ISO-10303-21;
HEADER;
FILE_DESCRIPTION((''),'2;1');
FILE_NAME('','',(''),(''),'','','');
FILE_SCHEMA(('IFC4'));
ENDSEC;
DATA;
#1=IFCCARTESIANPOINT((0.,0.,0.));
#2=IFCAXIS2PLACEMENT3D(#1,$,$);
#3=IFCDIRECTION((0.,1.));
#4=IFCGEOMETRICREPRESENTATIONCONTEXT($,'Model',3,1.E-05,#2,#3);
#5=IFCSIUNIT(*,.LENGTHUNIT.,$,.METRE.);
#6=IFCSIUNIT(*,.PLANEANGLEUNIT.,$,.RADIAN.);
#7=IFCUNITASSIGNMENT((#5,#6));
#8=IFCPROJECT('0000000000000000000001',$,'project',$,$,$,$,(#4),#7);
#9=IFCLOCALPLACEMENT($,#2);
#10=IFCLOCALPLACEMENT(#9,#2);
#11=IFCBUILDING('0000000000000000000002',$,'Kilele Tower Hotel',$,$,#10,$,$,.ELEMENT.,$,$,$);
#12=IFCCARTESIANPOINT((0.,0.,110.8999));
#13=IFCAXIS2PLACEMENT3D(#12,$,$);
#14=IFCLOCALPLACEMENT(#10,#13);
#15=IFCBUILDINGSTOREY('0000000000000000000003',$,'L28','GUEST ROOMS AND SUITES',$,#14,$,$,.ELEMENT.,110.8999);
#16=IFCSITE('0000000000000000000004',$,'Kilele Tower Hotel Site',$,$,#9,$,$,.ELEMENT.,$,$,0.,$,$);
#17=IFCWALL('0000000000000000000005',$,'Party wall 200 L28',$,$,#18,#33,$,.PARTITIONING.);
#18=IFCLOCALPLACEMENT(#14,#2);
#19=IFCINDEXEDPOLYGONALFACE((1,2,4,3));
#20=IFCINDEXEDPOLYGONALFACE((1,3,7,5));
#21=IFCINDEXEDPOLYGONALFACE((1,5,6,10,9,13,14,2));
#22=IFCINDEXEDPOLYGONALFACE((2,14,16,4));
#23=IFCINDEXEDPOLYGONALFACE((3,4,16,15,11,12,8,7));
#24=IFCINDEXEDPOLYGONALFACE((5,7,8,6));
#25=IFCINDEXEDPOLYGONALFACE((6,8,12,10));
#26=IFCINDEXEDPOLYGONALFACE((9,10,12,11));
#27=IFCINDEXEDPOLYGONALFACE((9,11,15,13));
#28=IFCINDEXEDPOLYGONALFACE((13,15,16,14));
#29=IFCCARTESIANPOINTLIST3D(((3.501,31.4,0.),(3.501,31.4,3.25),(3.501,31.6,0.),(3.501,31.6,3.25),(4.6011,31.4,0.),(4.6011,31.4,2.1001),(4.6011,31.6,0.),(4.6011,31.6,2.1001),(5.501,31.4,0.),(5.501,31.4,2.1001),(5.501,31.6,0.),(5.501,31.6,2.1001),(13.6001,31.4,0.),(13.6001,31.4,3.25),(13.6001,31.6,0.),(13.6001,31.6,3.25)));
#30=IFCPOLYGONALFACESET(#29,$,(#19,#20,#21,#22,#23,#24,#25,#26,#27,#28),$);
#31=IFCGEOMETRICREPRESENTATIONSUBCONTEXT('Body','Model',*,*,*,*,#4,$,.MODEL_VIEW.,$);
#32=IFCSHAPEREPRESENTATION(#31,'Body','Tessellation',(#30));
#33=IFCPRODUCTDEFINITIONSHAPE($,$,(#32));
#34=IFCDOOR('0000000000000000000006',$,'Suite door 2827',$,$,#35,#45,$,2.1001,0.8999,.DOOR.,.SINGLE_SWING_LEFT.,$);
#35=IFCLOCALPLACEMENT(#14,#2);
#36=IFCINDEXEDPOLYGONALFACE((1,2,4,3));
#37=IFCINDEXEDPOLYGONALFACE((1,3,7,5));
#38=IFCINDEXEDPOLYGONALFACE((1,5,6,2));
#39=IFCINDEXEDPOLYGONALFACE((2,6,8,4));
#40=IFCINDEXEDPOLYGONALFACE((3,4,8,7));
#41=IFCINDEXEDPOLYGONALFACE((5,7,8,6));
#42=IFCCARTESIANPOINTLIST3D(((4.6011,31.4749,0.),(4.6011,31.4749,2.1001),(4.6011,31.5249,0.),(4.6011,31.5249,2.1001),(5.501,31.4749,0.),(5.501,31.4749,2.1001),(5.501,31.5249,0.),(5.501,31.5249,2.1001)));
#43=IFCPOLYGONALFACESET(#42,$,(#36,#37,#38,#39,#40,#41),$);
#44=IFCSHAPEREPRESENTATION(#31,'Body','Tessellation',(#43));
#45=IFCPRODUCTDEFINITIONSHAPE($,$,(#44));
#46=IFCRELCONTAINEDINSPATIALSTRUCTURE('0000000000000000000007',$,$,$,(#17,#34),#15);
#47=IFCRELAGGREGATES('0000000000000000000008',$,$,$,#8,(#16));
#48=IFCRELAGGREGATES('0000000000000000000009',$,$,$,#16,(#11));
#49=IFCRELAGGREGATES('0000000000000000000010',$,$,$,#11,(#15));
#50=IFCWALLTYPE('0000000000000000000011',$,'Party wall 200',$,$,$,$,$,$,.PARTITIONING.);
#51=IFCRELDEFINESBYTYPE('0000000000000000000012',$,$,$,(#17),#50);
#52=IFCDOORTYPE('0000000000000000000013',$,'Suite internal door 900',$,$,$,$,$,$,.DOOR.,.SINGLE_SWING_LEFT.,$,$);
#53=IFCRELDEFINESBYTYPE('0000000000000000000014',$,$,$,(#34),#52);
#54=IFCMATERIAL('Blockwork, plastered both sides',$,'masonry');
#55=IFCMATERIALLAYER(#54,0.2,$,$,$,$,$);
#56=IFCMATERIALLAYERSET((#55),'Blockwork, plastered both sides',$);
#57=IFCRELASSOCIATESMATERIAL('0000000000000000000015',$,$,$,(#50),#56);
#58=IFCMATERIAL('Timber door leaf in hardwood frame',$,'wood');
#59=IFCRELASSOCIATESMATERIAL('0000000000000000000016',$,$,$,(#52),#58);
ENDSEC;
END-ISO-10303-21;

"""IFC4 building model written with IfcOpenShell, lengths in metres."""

from ifc_helpers import new_model, si_unit, direction, frame, frame_2d, origin, place, context, subcontext, project, spatial, rectangle, extrude, material, layer, layer_set, type_object, element, fill, save


model = new_model("IFC4")

# Units and contexts
model_context = context("Model", 3, precision=1e-05, world=origin(), true_north=direction((0.0, 1.0)))
body_context = subcontext(model_context, "Body", "Model", "MODEL_VIEW")
ifc_project = project(units=[si_unit("LENGTHUNIT", "METRE"), si_unit("PLANEANGLEUNIT", "RADIAN")], contexts=[model_context])

# Site, building, storey
site_placement = place(None, origin())
site = spatial("IfcSite", under=ifc_project, at=site_placement, Name="Kilele Tower Hotel Site", CompositionType="ELEMENT", RefElevation=0.0)
building_placement = place(site_placement, origin())
building = spatial("IfcBuilding", under=site, at=building_placement, Name="Kilele Tower Hotel", CompositionType="ELEMENT")
storey_placement = place(building_placement, frame((0.0, 0.0, 110.8999)))
storey = spatial("IfcBuildingStorey", under=building, at=storey_placement, Name="L28", Description="GUEST ROOMS AND SUITES", CompositionType="ELEMENT", Elevation=110.8999)

# Wall, opening, door
ifc_material_1 = material(Name="Blockwork, plastered both sides", Category="masonry")
ifc_layer_1 = layer(ifc_material_1, 0.2)
ifc_layer_set_1 = layer_set([ifc_layer_1], Name="Blockwork, plastered both sides")
wall_type_1 = type_object("IfcWallType", Name="Party wall 200", PredefinedType="PARTITIONING", material=ifc_layer_set_1)
ifc_material_2 = material(Name="Timber door leaf in hardwood frame", Category="wood")
door_type_1 = type_object("IfcDoorType", Name="Suite internal door 900", OperationType="SINGLE_SWING_LEFT", PredefinedType="DOOR", material=ifc_material_2)
wall_1_placement = place(storey_placement, frame((13.6001, 31.5, 0.0), z_axis=(0.0, 0.0, 1.0), x_axis=(-1.0, 0.0, 0.0)))
wall_1 = element("IfcWall", 1, at=wall_1_placement, inside=storey, type_object=wall_type_1, Name="Party wall 200 L28", PredefinedType="PARTITIONING", context=body_context, shape_type="SweptSolid", body=[
    extrude(rectangle(XDim=10.0991, YDim=0.2, at=frame_2d((5.0496, 0.0))), origin(), (0.0, 0.0, 1.0), 3.25),
])
opening_1_placement = place(wall_1_placement, frame((8.999, 0.0, 0.0), z_axis=(0.0, 0.0, 1.0), x_axis=(-1.0, 0.0, 0.0)))
opening_1 = element("IfcOpeningElement", 2, at=opening_1_placement, cuts=wall_1, PredefinedType="OPENING", context=body_context, shape_type="SweptSolid", body=[
    extrude(rectangle(XDim=0.8999, YDim=2.1001, at=frame_2d((0.45, 1.05))), frame((0.0, 0.1099, 0.0), z_axis=(0.0, -1.0, 0.0), x_axis=(1.0, 0.0, 0.0)), (0.0, 0.0, 1.0), 0.22),
])
door_1_placement = place(opening_1_placement, origin())
door_1 = element("IfcDoor", 3, at=door_1_placement, inside=storey, type_object=door_type_1, Name="Suite door 2827", OperationType="SINGLE_SWING_LEFT", OverallHeight=2.1001, OverallWidth=0.8999, PredefinedType="DOOR", context=body_context, shape_type="SweptSolid", body=[
    extrude(rectangle(XDim=0.8999, YDim=2.1001, at=frame_2d((0.45, 1.05))), frame((0.0, 0.0249, 0.0), z_axis=(0.0, -1.0, 0.0), x_axis=(1.0, 0.0, 0.0)), (0.0, 0.0, 1.0), 0.05),
])
fill(opening_1, door_1)

save(model, "model.ifc")
